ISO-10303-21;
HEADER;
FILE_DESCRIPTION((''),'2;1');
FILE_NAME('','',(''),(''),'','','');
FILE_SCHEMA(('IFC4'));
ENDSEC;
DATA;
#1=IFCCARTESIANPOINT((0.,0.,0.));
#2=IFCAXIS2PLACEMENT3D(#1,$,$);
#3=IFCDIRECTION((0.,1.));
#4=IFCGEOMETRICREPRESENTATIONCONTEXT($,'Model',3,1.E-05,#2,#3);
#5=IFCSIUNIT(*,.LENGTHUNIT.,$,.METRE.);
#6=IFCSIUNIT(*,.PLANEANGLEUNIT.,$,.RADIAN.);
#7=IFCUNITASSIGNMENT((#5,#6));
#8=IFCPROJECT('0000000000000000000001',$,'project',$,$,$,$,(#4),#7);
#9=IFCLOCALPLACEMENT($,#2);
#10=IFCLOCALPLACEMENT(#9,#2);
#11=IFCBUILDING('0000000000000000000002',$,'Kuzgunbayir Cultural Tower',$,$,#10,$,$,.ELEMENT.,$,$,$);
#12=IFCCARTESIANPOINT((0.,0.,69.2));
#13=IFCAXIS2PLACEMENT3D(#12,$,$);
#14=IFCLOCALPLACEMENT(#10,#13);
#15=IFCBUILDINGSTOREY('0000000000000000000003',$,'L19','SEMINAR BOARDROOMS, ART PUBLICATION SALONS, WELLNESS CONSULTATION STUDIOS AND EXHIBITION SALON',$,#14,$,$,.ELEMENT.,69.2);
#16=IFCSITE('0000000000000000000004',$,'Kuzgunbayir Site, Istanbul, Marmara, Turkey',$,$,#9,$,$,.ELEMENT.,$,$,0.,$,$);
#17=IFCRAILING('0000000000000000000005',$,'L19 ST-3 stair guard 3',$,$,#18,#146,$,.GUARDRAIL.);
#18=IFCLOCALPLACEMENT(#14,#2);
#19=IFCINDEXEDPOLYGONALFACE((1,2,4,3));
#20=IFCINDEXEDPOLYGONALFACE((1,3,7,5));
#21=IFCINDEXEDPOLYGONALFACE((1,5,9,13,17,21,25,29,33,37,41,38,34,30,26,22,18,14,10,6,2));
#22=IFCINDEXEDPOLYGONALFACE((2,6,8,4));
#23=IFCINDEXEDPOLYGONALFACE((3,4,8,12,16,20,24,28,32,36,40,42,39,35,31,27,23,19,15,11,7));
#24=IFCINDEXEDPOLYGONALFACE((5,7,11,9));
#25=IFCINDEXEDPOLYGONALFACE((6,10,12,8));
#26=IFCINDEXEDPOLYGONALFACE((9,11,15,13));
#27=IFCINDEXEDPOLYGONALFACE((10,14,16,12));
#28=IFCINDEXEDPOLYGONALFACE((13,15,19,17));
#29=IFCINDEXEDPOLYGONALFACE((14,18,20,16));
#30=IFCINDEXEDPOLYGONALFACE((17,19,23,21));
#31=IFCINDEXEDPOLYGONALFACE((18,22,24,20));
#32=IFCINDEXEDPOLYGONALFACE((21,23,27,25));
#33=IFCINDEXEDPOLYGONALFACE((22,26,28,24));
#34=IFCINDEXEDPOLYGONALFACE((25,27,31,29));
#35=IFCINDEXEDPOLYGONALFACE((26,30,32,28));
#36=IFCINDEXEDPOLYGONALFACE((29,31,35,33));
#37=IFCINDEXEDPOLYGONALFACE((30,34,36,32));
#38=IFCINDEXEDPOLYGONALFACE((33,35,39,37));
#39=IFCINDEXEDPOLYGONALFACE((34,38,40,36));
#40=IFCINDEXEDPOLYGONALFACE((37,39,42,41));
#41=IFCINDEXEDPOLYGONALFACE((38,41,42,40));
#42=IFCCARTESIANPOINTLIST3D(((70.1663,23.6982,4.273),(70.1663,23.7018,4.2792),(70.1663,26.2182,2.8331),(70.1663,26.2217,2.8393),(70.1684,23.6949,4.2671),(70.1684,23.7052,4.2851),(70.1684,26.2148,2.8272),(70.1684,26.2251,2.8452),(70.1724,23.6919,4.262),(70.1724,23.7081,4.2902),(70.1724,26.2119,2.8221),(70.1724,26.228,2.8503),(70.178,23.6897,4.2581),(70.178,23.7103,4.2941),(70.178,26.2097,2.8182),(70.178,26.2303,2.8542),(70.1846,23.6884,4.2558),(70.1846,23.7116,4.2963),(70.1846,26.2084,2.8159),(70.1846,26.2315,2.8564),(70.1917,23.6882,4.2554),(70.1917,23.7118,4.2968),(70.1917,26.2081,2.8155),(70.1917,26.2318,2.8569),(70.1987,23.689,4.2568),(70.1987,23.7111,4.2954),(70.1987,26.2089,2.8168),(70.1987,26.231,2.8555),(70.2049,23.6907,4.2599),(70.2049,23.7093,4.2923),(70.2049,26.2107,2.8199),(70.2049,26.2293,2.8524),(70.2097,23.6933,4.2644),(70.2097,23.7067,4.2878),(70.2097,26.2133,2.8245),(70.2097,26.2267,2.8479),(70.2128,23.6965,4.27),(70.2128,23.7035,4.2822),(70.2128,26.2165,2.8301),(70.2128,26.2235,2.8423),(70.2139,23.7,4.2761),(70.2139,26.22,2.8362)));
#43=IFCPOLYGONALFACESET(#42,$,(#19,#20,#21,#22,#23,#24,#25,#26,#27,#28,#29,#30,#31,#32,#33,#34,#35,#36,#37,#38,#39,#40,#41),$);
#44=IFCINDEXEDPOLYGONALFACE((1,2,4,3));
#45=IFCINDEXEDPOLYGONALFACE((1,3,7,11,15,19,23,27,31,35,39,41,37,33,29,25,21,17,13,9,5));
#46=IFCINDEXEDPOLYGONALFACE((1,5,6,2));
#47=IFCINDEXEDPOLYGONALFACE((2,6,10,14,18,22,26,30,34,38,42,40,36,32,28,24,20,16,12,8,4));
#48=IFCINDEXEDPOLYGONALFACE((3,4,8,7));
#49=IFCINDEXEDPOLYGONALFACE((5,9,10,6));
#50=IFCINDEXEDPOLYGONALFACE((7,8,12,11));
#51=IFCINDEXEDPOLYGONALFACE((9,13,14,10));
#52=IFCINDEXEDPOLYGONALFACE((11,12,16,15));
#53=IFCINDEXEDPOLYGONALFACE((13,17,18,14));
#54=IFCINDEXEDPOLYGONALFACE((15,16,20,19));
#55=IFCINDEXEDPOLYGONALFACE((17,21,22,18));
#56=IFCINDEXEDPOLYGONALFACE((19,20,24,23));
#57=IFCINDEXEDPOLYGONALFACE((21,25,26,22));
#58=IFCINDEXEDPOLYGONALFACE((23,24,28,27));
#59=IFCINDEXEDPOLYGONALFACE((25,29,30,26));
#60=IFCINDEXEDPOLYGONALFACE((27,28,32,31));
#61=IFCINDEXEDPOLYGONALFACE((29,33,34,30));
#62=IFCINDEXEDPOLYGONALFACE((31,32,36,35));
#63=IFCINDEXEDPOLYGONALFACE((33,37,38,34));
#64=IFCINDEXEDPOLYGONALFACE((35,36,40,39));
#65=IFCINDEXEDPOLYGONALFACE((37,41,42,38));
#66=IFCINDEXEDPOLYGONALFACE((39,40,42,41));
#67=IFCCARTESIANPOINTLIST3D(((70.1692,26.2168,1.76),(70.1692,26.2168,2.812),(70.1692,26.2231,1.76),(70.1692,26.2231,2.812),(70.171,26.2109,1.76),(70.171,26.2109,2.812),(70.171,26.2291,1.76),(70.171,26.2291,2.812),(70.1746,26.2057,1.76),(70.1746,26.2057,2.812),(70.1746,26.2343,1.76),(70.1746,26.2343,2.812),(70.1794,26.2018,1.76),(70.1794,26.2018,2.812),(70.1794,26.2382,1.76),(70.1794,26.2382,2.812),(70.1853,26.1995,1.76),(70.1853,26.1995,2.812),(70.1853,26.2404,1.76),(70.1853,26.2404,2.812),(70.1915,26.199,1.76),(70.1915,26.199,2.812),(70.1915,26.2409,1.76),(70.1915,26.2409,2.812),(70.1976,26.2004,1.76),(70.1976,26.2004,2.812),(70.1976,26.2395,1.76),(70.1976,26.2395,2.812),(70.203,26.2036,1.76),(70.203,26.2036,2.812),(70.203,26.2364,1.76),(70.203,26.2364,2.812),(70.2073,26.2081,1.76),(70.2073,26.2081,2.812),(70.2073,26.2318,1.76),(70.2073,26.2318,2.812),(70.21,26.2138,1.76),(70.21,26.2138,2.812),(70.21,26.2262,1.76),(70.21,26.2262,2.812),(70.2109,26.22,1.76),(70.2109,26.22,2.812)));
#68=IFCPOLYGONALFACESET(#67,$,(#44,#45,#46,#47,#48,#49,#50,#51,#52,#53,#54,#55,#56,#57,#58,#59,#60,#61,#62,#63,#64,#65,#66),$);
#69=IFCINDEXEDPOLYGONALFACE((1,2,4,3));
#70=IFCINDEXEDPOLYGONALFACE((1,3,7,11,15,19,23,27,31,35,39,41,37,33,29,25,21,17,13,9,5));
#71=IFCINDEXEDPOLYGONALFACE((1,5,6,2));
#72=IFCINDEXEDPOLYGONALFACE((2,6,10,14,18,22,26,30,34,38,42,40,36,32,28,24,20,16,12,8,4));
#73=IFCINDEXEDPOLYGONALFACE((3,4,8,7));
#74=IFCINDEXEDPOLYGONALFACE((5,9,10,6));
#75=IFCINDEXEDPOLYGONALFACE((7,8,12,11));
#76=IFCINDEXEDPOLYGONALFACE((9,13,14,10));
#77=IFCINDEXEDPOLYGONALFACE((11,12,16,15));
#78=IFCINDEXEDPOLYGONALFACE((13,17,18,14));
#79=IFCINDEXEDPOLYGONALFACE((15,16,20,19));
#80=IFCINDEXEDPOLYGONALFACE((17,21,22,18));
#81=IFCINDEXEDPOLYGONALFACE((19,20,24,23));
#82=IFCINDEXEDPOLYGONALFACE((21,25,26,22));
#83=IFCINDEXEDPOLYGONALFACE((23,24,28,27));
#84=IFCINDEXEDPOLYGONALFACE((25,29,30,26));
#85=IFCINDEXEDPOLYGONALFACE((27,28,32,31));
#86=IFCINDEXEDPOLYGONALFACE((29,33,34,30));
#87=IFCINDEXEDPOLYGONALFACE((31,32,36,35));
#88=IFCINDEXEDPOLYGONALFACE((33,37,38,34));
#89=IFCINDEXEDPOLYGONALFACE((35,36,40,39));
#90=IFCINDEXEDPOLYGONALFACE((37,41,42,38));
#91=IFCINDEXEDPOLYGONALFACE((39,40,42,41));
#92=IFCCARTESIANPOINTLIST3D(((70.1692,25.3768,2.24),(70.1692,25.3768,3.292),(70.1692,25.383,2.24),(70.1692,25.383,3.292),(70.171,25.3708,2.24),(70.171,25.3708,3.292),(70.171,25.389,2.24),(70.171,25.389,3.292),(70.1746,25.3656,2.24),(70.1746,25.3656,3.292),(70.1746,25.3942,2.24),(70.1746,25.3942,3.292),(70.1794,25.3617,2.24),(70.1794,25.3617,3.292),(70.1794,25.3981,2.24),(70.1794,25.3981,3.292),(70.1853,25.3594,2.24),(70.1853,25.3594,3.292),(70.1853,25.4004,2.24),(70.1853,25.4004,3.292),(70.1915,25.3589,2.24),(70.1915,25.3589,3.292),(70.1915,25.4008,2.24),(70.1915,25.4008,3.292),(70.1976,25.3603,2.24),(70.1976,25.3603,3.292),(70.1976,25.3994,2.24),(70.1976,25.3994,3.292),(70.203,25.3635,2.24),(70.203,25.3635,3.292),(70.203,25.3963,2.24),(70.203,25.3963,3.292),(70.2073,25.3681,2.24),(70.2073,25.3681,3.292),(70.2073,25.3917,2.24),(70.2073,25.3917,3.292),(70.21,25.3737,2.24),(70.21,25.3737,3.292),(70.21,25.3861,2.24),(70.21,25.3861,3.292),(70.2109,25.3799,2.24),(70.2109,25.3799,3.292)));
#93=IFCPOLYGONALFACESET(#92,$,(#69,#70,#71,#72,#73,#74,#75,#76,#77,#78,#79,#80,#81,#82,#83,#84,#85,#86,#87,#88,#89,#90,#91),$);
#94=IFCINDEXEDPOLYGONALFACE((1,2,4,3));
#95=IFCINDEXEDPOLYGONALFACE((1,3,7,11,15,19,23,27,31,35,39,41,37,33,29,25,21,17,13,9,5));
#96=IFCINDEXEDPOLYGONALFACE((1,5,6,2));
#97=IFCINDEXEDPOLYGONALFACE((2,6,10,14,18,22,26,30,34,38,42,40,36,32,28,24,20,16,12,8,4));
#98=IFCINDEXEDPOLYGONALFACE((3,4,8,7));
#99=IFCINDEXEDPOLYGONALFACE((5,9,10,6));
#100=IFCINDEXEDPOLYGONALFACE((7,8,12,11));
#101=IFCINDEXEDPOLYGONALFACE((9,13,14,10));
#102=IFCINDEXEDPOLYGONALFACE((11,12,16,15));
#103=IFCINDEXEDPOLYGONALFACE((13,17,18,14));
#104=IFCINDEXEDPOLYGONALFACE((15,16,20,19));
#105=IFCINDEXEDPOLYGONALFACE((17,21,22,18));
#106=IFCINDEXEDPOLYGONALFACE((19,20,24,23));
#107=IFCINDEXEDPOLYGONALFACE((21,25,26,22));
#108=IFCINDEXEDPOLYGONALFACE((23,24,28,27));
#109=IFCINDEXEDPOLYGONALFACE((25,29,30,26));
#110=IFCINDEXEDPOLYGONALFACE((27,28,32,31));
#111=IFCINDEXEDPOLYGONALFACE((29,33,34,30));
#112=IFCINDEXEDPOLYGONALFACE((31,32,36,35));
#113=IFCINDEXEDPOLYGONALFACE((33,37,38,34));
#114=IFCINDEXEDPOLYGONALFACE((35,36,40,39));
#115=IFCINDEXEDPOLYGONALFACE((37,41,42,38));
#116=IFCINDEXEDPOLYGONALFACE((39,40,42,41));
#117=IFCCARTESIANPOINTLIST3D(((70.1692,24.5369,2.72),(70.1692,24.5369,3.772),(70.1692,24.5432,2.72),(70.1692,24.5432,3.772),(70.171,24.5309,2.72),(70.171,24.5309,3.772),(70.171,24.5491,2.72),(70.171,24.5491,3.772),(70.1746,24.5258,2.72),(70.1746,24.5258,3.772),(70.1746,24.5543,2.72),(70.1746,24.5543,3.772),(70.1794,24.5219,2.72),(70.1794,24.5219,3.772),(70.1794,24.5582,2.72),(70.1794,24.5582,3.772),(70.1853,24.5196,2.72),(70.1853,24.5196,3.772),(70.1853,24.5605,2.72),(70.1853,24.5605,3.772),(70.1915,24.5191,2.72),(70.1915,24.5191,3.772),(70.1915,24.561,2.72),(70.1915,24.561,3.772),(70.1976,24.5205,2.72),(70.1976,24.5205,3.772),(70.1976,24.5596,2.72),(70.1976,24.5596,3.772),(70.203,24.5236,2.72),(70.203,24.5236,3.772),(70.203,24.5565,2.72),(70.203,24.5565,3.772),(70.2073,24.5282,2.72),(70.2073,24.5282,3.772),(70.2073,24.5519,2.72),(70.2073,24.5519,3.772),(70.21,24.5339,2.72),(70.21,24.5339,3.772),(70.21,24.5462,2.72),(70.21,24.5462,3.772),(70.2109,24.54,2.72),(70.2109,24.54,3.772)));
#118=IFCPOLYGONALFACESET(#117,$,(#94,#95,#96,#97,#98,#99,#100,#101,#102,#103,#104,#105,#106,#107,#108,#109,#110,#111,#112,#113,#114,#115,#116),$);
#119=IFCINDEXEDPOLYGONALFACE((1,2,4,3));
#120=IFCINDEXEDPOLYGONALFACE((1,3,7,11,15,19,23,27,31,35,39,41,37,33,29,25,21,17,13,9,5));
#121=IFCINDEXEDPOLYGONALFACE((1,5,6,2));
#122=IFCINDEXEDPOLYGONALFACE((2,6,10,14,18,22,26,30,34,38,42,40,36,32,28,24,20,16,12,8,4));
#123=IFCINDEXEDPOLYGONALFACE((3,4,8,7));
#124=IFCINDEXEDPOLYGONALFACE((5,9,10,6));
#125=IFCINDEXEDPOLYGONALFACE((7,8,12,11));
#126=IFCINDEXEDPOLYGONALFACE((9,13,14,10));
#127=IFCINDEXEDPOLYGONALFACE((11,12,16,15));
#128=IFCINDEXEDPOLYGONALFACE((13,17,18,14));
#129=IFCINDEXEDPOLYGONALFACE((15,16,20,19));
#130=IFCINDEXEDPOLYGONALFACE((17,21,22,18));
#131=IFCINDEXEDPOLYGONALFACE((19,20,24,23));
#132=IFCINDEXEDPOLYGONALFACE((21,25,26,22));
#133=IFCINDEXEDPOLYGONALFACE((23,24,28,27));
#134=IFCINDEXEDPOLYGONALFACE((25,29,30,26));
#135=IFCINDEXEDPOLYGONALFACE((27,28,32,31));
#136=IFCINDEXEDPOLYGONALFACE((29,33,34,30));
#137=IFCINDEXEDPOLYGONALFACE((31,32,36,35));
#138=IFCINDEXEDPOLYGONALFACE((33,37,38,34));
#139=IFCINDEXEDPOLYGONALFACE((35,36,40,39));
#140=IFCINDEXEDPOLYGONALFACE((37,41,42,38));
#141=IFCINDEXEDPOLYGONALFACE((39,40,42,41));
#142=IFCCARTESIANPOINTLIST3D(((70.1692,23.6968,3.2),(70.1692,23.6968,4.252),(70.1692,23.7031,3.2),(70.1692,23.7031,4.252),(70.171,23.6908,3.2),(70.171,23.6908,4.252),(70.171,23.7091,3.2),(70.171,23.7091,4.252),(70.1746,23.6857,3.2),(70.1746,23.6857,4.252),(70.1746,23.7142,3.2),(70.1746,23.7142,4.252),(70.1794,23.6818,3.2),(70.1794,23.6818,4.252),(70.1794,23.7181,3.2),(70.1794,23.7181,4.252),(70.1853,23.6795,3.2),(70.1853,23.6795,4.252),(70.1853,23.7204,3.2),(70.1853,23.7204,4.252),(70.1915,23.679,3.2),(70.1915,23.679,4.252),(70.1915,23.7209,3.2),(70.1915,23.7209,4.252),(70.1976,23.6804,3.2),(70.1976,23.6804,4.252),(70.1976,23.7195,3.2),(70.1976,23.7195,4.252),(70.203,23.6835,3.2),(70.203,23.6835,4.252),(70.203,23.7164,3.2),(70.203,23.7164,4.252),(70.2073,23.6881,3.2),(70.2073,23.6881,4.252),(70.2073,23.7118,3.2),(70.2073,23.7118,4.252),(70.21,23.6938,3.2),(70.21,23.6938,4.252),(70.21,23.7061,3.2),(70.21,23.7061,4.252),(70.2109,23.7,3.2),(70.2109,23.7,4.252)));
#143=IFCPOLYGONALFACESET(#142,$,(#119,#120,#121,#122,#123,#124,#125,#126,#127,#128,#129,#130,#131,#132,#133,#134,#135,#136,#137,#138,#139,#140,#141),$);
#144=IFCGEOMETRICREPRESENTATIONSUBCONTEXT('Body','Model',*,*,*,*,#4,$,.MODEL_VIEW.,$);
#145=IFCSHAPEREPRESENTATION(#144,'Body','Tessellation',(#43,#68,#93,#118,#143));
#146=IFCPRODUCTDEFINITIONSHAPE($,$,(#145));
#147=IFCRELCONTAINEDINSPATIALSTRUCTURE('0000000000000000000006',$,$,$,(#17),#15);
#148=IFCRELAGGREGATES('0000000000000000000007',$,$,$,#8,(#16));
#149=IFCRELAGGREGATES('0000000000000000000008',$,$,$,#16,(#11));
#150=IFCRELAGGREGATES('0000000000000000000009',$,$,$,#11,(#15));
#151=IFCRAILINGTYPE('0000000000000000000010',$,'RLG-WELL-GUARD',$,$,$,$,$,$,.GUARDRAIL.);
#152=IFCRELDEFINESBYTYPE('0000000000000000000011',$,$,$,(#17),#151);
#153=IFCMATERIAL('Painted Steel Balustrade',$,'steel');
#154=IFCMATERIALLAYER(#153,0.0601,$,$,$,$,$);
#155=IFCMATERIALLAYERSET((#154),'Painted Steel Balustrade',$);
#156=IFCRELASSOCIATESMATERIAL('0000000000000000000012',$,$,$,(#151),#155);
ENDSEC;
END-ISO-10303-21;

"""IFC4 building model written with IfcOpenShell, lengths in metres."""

from ifc_helpers import new_model, si_unit, direction, frame, origin, origin_2d, place, context, subcontext, project, spatial, circle, extrude, material, layer, layer_set, type_object, element, save


model = new_model("IFC4")

# Units and contexts
model_context = context("Model", 3, precision=1e-05, world=origin(), true_north=direction((0.0, 1.0)))
body_context = subcontext(model_context, "Body", "Model", "MODEL_VIEW")
ifc_project = project(units=[si_unit("LENGTHUNIT", "METRE"), si_unit("PLANEANGLEUNIT", "RADIAN")], contexts=[model_context])

# Site, building, storey
site_placement = place(None, origin())
site = spatial("IfcSite", under=ifc_project, at=site_placement, Name="Kuzgunbayir Site, Istanbul, Marmara, Turkey", CompositionType="ELEMENT", RefElevation=0.0)
building_placement = place(site_placement, origin())
building = spatial("IfcBuilding", under=site, at=building_placement, Name="Kuzgunbayir Cultural Tower", CompositionType="ELEMENT")
storey_placement = place(building_placement, frame((0.0, 0.0, 69.2)))
storey = spatial("IfcBuildingStorey", under=building, at=storey_placement, Name="L19", Description="SEMINAR BOARDROOMS, ART PUBLICATION SALONS, WELLNESS CONSULTATION STUDIOS AND EXHIBITION SALON", CompositionType="ELEMENT", Elevation=69.2)

# Railing
ifc_material_1 = material(Name="Painted Steel Balustrade", Category="steel")
ifc_layer_1 = layer(ifc_material_1, 0.0601)
ifc_layer_set_1 = layer_set([ifc_layer_1], Name="Painted Steel Balustrade")
railing_type_1 = type_object("IfcRailingType", Name="RLG-WELL-GUARD", PredefinedType="GUARDRAIL", material=ifc_layer_set_1)
railing_1_placement = place(storey_placement, frame((70.1899, 26.22, 1.76)))
element("IfcRailing", 1, at=railing_1_placement, inside=storey, type_object=railing_type_1, Name="L19 ST-3 stair guard 3", PredefinedType="GUARDRAIL", context=body_context, shape_type="SweptSolid", body=[
    extrude(circle(Radius=0.0239, at=origin_2d()), frame((0.0, 0.0, 1.0762), z_axis=(0.0, -0.868253, 0.496121), x_axis=(1.0, 0.0, 0.0)), (0.0, 0.0, 1.0), 2.9023),
    extrude(circle(Radius=0.021, at=origin_2d()), origin(), (0.0, 0.0, 1.0), 1.052),
    extrude(circle(Radius=0.021, at=origin_2d()), frame((0.0, -0.8401, 0.48)), (0.0, 0.0, 1.0), 1.052),
    extrude(circle(Radius=0.021, at=origin_2d()), frame((0.0, -1.6799, 0.96)), (0.0, 0.0, 1.0), 1.052),
    extrude(circle(Radius=0.021, at=origin_2d()), frame((0.0, -2.52, 1.4399)), (0.0, 0.0, 1.0), 1.052),
])

save(model, "model.ifc")
